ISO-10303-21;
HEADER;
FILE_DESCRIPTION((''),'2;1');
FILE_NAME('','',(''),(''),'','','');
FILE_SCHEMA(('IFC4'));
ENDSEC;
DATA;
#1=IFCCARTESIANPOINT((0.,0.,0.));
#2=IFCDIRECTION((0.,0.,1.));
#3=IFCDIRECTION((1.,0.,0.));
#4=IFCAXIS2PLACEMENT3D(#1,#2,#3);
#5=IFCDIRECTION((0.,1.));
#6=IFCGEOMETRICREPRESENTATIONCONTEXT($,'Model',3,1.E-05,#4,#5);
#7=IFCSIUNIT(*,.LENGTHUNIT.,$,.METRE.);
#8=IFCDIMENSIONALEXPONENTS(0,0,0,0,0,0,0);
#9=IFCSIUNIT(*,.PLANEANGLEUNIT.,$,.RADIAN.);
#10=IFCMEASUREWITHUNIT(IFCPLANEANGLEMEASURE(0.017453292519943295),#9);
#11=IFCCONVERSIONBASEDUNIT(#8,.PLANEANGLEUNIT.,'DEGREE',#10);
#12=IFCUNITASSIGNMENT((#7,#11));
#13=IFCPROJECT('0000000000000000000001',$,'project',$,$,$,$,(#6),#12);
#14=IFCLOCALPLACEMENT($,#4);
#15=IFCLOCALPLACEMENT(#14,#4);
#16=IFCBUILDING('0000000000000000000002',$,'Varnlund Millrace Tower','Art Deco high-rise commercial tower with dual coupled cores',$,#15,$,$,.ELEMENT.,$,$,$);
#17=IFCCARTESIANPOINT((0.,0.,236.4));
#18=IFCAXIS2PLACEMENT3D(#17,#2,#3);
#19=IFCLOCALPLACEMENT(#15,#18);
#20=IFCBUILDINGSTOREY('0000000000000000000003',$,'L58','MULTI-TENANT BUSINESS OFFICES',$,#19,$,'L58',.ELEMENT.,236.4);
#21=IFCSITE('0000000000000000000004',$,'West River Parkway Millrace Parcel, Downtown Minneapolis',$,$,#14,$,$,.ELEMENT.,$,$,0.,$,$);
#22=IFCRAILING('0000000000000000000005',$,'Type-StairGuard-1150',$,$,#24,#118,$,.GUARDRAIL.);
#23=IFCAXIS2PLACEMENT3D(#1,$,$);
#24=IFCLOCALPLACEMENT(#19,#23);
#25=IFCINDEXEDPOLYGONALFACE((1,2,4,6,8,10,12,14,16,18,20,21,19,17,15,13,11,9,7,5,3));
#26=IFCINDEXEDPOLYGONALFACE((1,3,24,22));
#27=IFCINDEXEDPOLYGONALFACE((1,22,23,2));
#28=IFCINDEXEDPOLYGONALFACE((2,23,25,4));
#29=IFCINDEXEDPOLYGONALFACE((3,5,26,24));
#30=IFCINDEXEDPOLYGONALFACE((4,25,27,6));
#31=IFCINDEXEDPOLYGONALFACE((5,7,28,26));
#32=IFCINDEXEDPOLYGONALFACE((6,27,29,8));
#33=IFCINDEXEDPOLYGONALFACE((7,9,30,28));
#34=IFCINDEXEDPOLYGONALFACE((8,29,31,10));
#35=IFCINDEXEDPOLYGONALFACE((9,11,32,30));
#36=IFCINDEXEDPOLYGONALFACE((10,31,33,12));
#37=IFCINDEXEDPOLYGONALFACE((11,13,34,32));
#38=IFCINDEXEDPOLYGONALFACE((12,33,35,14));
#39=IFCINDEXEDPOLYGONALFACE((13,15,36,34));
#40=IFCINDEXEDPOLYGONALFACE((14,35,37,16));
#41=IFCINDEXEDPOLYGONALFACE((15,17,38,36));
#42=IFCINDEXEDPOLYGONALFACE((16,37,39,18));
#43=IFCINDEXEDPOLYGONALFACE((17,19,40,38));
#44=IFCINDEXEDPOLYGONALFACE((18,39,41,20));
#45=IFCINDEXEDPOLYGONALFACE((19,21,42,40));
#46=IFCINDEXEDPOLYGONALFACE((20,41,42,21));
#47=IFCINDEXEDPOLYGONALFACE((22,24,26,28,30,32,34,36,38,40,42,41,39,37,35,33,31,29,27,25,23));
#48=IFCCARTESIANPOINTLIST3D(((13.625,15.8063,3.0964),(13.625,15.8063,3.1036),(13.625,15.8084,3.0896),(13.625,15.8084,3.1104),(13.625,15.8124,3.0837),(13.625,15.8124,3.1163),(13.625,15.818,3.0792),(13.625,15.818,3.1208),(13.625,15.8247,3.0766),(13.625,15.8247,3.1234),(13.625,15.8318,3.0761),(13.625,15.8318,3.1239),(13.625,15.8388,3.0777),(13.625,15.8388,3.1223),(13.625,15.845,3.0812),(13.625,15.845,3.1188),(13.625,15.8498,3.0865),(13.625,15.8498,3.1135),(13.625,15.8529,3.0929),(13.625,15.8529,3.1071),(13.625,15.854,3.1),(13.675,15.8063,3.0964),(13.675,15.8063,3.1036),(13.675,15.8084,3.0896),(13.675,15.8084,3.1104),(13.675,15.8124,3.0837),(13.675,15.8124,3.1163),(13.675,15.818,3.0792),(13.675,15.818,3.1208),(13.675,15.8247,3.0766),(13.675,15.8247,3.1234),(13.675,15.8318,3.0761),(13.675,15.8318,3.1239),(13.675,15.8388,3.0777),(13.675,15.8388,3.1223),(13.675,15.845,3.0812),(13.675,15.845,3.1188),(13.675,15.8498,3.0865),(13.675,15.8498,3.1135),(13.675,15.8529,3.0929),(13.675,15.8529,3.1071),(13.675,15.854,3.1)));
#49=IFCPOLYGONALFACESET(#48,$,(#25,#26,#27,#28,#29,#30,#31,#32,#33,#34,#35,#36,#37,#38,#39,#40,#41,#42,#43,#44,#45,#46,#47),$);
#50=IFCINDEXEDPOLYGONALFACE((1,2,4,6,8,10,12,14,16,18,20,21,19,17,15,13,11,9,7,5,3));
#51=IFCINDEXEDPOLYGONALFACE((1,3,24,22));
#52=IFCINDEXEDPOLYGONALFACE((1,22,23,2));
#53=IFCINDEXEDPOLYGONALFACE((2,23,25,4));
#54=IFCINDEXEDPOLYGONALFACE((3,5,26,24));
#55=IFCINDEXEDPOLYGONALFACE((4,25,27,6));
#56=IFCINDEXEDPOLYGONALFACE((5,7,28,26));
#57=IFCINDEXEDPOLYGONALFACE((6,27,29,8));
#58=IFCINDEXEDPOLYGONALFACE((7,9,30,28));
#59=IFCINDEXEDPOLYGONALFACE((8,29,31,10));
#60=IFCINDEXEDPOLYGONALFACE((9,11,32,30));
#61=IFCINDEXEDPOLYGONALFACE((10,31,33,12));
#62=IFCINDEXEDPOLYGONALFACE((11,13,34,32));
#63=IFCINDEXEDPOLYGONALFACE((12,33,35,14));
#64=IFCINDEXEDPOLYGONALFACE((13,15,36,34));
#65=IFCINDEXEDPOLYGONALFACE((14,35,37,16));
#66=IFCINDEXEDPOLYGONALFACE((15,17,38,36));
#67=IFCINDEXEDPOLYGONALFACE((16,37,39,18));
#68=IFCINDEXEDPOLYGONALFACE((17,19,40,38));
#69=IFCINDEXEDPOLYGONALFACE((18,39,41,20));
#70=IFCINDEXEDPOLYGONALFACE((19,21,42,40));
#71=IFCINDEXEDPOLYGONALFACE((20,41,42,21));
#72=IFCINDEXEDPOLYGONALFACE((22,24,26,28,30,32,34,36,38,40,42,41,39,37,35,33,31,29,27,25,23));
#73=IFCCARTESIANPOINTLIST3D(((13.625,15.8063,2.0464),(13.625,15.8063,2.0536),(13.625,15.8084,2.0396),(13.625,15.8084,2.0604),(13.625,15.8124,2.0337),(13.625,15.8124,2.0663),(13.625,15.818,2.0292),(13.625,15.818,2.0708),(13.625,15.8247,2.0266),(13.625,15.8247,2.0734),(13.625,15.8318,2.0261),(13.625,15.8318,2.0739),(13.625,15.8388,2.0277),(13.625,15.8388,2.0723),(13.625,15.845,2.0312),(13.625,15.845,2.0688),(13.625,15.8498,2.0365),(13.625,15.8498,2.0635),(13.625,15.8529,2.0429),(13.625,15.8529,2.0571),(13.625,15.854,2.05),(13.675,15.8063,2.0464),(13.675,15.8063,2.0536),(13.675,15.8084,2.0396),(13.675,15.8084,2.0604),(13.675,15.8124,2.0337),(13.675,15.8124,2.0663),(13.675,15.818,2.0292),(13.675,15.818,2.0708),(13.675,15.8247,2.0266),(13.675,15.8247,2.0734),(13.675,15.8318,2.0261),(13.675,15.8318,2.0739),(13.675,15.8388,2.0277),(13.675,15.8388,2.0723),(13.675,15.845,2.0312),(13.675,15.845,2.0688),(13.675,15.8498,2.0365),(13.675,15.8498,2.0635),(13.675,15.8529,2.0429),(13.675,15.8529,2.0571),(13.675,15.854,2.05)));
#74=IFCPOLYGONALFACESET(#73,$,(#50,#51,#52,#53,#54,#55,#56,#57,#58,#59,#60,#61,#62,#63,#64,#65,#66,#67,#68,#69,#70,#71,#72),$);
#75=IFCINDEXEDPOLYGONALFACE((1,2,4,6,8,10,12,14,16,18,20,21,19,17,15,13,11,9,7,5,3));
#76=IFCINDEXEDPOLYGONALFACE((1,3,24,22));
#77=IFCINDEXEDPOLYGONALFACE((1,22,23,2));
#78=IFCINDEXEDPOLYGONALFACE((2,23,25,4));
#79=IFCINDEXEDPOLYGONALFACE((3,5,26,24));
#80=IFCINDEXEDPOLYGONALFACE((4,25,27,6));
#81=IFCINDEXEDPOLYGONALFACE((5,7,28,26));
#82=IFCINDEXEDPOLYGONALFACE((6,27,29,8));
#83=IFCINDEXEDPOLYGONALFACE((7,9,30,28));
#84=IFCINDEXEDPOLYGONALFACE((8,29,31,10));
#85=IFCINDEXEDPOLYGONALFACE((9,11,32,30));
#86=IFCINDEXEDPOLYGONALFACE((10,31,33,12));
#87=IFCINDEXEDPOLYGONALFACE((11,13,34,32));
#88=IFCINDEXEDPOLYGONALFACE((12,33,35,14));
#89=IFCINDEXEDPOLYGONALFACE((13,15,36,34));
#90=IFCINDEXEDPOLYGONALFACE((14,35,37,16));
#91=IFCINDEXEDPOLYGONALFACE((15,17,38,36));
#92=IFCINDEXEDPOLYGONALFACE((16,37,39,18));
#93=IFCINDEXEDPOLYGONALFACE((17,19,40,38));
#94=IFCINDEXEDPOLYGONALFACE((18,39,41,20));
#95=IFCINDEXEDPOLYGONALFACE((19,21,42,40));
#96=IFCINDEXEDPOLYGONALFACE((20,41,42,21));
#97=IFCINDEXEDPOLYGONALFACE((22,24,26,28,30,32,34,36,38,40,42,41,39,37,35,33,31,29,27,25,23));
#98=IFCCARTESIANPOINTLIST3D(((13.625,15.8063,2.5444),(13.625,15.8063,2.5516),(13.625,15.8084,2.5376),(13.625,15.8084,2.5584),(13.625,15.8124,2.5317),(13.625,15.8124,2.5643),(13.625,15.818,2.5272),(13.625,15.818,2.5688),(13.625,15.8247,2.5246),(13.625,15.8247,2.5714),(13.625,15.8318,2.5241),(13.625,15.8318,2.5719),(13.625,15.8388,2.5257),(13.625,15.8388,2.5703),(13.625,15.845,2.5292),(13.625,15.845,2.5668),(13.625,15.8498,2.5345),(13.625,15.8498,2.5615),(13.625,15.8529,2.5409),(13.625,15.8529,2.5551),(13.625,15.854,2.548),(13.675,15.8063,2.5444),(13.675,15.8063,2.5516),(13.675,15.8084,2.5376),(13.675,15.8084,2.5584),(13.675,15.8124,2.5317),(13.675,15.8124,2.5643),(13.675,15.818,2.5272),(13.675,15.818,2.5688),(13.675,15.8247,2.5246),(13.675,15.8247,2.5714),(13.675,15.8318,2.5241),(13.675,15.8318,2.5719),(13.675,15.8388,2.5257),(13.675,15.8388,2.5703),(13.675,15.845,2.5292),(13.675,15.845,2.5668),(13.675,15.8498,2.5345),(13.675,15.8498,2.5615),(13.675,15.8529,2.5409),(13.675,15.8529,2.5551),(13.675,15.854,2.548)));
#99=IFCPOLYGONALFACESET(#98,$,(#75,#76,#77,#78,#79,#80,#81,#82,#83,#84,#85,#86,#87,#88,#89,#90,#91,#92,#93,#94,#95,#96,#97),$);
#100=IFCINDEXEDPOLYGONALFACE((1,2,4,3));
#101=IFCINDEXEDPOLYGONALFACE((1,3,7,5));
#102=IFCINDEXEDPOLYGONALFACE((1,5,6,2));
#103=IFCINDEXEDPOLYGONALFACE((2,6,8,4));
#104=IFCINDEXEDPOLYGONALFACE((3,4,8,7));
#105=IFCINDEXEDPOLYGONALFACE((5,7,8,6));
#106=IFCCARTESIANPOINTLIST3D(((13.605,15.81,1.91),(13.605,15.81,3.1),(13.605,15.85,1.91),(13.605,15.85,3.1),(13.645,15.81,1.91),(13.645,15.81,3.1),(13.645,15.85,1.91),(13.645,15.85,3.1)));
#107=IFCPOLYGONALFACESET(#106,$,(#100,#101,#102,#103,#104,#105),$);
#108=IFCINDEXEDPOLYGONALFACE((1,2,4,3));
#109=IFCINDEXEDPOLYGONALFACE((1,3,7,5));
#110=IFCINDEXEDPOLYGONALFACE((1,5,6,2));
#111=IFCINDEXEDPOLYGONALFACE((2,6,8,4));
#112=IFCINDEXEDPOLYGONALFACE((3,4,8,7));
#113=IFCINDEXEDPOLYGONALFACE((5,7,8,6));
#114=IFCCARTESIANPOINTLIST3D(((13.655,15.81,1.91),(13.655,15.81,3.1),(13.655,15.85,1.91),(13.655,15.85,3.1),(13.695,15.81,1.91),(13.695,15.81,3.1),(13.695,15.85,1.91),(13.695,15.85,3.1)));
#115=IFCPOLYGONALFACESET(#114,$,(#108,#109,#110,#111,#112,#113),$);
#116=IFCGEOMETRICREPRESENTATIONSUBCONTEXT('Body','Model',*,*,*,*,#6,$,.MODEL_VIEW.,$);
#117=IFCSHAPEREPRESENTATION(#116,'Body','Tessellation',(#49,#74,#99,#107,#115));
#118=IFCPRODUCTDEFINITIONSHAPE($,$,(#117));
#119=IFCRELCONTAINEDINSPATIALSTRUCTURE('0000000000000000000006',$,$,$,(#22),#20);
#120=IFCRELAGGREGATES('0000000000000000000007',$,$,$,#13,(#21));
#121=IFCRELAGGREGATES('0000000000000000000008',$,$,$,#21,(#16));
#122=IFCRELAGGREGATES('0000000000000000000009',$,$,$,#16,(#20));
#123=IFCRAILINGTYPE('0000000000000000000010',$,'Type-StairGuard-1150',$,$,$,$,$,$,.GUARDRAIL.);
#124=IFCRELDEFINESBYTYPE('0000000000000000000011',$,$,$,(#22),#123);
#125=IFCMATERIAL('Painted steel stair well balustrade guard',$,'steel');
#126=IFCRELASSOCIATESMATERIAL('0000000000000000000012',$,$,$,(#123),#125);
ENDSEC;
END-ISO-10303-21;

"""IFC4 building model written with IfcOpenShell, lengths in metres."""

from ifc_helpers import new_model, entity, si_unit, converted_unit, direction, frame, origin_with_axes, origin_2d_with_axis, place, context, subcontext, project, spatial, rectangle, circle, extrude, material, type_object, element, save


model = new_model("IFC4")

# Units and contexts
model_context = context("Model", 3, precision=1e-05, world=origin_with_axes(), true_north=direction((0.0, 1.0)))
body_context = subcontext(model_context, "Body", "Model", "MODEL_VIEW")
ifc_project = project(units=[si_unit("LENGTHUNIT", "METRE"), converted_unit("PLANEANGLEUNIT", "DEGREE", entity("IfcPlaneAngleMeasure", 0.017453292519943295), si_unit("PLANEANGLEUNIT", "RADIAN"), dimensions=[0, 0, 0, 0, 0, 0, 0])], contexts=[model_context])

# Site, building, storey
site_placement = place(None, origin_with_axes())
site = spatial("IfcSite", under=ifc_project, at=site_placement, Name="West River Parkway Millrace Parcel, Downtown Minneapolis", CompositionType="ELEMENT", RefElevation=0.0)
building_placement = place(site_placement, origin_with_axes())
building = spatial("IfcBuilding", under=site, at=building_placement, Name="Varnlund Millrace Tower", Description="Art Deco high-rise commercial tower with dual coupled cores", CompositionType="ELEMENT")
storey_placement = place(building_placement, frame((0.0, 0.0, 236.4), z_axis=(0.0, 0.0, 1.0), x_axis=(1.0, 0.0, 0.0)))
storey = spatial("IfcBuildingStorey", under=building, at=storey_placement, Name="L58", Description="MULTI-TENANT BUSINESS OFFICES", LongName="L58", CompositionType="ELEMENT", Elevation=236.4)

# Railing
ifc_material_1 = material(Name="Painted steel stair well balustrade guard", Category="steel")
railing_type_1 = type_object("IfcRailingType", Name="Type-StairGuard-1150", PredefinedType="GUARDRAIL", material=ifc_material_1)
railing_1_placement = place(storey_placement, frame((0.0, 0.0, -236.4), z_axis=(0.0, 0.0, 1.0), x_axis=(1.0, 0.0, 0.0)))
element("IfcRailing", 1, at=railing_1_placement, inside=storey, type_object=railing_type_1, Name="Type-StairGuard-1150", PredefinedType="GUARDRAIL", context=body_context, shape_type="SweptSolid", body=[
    extrude(circle(Radius=0.024, at=origin_2d_with_axis()), frame((13.625, 15.83, 239.5), z_axis=(1.0, 0.0, 0.0), x_axis=(0.0, 1.0, 0.0)), (0.0, 0.0, 1.0), 0.05),
    extrude(circle(Radius=0.024, at=origin_2d_with_axis()), frame((13.625, 15.83, 238.45), z_axis=(1.0, 0.0, 0.0), x_axis=(0.0, 1.0, 0.0)), (0.0, 0.0, 1.0), 0.05),
    extrude(circle(Radius=0.024, at=origin_2d_with_axis()), frame((13.625, 15.83, 238.948), z_axis=(1.0, 0.0, 0.0), x_axis=(0.0, 1.0, 0.0)), (0.0, 0.0, 1.0), 0.05),
    extrude(rectangle(XDim=0.04, YDim=0.04, at=origin_2d_with_axis()), frame((13.625, 15.83, 238.31), z_axis=(0.0, 0.0, 1.0), x_axis=(1.0, 0.0, 0.0)), (0.0, 0.0, 1.0), 1.19),
    extrude(rectangle(XDim=0.04, YDim=0.04, at=origin_2d_with_axis()), frame((13.675, 15.83, 238.31), z_axis=(0.0, 0.0, 1.0), x_axis=(1.0, 0.0, 0.0)), (0.0, 0.0, 1.0), 1.19),
])

save(model, "model.ifc")
